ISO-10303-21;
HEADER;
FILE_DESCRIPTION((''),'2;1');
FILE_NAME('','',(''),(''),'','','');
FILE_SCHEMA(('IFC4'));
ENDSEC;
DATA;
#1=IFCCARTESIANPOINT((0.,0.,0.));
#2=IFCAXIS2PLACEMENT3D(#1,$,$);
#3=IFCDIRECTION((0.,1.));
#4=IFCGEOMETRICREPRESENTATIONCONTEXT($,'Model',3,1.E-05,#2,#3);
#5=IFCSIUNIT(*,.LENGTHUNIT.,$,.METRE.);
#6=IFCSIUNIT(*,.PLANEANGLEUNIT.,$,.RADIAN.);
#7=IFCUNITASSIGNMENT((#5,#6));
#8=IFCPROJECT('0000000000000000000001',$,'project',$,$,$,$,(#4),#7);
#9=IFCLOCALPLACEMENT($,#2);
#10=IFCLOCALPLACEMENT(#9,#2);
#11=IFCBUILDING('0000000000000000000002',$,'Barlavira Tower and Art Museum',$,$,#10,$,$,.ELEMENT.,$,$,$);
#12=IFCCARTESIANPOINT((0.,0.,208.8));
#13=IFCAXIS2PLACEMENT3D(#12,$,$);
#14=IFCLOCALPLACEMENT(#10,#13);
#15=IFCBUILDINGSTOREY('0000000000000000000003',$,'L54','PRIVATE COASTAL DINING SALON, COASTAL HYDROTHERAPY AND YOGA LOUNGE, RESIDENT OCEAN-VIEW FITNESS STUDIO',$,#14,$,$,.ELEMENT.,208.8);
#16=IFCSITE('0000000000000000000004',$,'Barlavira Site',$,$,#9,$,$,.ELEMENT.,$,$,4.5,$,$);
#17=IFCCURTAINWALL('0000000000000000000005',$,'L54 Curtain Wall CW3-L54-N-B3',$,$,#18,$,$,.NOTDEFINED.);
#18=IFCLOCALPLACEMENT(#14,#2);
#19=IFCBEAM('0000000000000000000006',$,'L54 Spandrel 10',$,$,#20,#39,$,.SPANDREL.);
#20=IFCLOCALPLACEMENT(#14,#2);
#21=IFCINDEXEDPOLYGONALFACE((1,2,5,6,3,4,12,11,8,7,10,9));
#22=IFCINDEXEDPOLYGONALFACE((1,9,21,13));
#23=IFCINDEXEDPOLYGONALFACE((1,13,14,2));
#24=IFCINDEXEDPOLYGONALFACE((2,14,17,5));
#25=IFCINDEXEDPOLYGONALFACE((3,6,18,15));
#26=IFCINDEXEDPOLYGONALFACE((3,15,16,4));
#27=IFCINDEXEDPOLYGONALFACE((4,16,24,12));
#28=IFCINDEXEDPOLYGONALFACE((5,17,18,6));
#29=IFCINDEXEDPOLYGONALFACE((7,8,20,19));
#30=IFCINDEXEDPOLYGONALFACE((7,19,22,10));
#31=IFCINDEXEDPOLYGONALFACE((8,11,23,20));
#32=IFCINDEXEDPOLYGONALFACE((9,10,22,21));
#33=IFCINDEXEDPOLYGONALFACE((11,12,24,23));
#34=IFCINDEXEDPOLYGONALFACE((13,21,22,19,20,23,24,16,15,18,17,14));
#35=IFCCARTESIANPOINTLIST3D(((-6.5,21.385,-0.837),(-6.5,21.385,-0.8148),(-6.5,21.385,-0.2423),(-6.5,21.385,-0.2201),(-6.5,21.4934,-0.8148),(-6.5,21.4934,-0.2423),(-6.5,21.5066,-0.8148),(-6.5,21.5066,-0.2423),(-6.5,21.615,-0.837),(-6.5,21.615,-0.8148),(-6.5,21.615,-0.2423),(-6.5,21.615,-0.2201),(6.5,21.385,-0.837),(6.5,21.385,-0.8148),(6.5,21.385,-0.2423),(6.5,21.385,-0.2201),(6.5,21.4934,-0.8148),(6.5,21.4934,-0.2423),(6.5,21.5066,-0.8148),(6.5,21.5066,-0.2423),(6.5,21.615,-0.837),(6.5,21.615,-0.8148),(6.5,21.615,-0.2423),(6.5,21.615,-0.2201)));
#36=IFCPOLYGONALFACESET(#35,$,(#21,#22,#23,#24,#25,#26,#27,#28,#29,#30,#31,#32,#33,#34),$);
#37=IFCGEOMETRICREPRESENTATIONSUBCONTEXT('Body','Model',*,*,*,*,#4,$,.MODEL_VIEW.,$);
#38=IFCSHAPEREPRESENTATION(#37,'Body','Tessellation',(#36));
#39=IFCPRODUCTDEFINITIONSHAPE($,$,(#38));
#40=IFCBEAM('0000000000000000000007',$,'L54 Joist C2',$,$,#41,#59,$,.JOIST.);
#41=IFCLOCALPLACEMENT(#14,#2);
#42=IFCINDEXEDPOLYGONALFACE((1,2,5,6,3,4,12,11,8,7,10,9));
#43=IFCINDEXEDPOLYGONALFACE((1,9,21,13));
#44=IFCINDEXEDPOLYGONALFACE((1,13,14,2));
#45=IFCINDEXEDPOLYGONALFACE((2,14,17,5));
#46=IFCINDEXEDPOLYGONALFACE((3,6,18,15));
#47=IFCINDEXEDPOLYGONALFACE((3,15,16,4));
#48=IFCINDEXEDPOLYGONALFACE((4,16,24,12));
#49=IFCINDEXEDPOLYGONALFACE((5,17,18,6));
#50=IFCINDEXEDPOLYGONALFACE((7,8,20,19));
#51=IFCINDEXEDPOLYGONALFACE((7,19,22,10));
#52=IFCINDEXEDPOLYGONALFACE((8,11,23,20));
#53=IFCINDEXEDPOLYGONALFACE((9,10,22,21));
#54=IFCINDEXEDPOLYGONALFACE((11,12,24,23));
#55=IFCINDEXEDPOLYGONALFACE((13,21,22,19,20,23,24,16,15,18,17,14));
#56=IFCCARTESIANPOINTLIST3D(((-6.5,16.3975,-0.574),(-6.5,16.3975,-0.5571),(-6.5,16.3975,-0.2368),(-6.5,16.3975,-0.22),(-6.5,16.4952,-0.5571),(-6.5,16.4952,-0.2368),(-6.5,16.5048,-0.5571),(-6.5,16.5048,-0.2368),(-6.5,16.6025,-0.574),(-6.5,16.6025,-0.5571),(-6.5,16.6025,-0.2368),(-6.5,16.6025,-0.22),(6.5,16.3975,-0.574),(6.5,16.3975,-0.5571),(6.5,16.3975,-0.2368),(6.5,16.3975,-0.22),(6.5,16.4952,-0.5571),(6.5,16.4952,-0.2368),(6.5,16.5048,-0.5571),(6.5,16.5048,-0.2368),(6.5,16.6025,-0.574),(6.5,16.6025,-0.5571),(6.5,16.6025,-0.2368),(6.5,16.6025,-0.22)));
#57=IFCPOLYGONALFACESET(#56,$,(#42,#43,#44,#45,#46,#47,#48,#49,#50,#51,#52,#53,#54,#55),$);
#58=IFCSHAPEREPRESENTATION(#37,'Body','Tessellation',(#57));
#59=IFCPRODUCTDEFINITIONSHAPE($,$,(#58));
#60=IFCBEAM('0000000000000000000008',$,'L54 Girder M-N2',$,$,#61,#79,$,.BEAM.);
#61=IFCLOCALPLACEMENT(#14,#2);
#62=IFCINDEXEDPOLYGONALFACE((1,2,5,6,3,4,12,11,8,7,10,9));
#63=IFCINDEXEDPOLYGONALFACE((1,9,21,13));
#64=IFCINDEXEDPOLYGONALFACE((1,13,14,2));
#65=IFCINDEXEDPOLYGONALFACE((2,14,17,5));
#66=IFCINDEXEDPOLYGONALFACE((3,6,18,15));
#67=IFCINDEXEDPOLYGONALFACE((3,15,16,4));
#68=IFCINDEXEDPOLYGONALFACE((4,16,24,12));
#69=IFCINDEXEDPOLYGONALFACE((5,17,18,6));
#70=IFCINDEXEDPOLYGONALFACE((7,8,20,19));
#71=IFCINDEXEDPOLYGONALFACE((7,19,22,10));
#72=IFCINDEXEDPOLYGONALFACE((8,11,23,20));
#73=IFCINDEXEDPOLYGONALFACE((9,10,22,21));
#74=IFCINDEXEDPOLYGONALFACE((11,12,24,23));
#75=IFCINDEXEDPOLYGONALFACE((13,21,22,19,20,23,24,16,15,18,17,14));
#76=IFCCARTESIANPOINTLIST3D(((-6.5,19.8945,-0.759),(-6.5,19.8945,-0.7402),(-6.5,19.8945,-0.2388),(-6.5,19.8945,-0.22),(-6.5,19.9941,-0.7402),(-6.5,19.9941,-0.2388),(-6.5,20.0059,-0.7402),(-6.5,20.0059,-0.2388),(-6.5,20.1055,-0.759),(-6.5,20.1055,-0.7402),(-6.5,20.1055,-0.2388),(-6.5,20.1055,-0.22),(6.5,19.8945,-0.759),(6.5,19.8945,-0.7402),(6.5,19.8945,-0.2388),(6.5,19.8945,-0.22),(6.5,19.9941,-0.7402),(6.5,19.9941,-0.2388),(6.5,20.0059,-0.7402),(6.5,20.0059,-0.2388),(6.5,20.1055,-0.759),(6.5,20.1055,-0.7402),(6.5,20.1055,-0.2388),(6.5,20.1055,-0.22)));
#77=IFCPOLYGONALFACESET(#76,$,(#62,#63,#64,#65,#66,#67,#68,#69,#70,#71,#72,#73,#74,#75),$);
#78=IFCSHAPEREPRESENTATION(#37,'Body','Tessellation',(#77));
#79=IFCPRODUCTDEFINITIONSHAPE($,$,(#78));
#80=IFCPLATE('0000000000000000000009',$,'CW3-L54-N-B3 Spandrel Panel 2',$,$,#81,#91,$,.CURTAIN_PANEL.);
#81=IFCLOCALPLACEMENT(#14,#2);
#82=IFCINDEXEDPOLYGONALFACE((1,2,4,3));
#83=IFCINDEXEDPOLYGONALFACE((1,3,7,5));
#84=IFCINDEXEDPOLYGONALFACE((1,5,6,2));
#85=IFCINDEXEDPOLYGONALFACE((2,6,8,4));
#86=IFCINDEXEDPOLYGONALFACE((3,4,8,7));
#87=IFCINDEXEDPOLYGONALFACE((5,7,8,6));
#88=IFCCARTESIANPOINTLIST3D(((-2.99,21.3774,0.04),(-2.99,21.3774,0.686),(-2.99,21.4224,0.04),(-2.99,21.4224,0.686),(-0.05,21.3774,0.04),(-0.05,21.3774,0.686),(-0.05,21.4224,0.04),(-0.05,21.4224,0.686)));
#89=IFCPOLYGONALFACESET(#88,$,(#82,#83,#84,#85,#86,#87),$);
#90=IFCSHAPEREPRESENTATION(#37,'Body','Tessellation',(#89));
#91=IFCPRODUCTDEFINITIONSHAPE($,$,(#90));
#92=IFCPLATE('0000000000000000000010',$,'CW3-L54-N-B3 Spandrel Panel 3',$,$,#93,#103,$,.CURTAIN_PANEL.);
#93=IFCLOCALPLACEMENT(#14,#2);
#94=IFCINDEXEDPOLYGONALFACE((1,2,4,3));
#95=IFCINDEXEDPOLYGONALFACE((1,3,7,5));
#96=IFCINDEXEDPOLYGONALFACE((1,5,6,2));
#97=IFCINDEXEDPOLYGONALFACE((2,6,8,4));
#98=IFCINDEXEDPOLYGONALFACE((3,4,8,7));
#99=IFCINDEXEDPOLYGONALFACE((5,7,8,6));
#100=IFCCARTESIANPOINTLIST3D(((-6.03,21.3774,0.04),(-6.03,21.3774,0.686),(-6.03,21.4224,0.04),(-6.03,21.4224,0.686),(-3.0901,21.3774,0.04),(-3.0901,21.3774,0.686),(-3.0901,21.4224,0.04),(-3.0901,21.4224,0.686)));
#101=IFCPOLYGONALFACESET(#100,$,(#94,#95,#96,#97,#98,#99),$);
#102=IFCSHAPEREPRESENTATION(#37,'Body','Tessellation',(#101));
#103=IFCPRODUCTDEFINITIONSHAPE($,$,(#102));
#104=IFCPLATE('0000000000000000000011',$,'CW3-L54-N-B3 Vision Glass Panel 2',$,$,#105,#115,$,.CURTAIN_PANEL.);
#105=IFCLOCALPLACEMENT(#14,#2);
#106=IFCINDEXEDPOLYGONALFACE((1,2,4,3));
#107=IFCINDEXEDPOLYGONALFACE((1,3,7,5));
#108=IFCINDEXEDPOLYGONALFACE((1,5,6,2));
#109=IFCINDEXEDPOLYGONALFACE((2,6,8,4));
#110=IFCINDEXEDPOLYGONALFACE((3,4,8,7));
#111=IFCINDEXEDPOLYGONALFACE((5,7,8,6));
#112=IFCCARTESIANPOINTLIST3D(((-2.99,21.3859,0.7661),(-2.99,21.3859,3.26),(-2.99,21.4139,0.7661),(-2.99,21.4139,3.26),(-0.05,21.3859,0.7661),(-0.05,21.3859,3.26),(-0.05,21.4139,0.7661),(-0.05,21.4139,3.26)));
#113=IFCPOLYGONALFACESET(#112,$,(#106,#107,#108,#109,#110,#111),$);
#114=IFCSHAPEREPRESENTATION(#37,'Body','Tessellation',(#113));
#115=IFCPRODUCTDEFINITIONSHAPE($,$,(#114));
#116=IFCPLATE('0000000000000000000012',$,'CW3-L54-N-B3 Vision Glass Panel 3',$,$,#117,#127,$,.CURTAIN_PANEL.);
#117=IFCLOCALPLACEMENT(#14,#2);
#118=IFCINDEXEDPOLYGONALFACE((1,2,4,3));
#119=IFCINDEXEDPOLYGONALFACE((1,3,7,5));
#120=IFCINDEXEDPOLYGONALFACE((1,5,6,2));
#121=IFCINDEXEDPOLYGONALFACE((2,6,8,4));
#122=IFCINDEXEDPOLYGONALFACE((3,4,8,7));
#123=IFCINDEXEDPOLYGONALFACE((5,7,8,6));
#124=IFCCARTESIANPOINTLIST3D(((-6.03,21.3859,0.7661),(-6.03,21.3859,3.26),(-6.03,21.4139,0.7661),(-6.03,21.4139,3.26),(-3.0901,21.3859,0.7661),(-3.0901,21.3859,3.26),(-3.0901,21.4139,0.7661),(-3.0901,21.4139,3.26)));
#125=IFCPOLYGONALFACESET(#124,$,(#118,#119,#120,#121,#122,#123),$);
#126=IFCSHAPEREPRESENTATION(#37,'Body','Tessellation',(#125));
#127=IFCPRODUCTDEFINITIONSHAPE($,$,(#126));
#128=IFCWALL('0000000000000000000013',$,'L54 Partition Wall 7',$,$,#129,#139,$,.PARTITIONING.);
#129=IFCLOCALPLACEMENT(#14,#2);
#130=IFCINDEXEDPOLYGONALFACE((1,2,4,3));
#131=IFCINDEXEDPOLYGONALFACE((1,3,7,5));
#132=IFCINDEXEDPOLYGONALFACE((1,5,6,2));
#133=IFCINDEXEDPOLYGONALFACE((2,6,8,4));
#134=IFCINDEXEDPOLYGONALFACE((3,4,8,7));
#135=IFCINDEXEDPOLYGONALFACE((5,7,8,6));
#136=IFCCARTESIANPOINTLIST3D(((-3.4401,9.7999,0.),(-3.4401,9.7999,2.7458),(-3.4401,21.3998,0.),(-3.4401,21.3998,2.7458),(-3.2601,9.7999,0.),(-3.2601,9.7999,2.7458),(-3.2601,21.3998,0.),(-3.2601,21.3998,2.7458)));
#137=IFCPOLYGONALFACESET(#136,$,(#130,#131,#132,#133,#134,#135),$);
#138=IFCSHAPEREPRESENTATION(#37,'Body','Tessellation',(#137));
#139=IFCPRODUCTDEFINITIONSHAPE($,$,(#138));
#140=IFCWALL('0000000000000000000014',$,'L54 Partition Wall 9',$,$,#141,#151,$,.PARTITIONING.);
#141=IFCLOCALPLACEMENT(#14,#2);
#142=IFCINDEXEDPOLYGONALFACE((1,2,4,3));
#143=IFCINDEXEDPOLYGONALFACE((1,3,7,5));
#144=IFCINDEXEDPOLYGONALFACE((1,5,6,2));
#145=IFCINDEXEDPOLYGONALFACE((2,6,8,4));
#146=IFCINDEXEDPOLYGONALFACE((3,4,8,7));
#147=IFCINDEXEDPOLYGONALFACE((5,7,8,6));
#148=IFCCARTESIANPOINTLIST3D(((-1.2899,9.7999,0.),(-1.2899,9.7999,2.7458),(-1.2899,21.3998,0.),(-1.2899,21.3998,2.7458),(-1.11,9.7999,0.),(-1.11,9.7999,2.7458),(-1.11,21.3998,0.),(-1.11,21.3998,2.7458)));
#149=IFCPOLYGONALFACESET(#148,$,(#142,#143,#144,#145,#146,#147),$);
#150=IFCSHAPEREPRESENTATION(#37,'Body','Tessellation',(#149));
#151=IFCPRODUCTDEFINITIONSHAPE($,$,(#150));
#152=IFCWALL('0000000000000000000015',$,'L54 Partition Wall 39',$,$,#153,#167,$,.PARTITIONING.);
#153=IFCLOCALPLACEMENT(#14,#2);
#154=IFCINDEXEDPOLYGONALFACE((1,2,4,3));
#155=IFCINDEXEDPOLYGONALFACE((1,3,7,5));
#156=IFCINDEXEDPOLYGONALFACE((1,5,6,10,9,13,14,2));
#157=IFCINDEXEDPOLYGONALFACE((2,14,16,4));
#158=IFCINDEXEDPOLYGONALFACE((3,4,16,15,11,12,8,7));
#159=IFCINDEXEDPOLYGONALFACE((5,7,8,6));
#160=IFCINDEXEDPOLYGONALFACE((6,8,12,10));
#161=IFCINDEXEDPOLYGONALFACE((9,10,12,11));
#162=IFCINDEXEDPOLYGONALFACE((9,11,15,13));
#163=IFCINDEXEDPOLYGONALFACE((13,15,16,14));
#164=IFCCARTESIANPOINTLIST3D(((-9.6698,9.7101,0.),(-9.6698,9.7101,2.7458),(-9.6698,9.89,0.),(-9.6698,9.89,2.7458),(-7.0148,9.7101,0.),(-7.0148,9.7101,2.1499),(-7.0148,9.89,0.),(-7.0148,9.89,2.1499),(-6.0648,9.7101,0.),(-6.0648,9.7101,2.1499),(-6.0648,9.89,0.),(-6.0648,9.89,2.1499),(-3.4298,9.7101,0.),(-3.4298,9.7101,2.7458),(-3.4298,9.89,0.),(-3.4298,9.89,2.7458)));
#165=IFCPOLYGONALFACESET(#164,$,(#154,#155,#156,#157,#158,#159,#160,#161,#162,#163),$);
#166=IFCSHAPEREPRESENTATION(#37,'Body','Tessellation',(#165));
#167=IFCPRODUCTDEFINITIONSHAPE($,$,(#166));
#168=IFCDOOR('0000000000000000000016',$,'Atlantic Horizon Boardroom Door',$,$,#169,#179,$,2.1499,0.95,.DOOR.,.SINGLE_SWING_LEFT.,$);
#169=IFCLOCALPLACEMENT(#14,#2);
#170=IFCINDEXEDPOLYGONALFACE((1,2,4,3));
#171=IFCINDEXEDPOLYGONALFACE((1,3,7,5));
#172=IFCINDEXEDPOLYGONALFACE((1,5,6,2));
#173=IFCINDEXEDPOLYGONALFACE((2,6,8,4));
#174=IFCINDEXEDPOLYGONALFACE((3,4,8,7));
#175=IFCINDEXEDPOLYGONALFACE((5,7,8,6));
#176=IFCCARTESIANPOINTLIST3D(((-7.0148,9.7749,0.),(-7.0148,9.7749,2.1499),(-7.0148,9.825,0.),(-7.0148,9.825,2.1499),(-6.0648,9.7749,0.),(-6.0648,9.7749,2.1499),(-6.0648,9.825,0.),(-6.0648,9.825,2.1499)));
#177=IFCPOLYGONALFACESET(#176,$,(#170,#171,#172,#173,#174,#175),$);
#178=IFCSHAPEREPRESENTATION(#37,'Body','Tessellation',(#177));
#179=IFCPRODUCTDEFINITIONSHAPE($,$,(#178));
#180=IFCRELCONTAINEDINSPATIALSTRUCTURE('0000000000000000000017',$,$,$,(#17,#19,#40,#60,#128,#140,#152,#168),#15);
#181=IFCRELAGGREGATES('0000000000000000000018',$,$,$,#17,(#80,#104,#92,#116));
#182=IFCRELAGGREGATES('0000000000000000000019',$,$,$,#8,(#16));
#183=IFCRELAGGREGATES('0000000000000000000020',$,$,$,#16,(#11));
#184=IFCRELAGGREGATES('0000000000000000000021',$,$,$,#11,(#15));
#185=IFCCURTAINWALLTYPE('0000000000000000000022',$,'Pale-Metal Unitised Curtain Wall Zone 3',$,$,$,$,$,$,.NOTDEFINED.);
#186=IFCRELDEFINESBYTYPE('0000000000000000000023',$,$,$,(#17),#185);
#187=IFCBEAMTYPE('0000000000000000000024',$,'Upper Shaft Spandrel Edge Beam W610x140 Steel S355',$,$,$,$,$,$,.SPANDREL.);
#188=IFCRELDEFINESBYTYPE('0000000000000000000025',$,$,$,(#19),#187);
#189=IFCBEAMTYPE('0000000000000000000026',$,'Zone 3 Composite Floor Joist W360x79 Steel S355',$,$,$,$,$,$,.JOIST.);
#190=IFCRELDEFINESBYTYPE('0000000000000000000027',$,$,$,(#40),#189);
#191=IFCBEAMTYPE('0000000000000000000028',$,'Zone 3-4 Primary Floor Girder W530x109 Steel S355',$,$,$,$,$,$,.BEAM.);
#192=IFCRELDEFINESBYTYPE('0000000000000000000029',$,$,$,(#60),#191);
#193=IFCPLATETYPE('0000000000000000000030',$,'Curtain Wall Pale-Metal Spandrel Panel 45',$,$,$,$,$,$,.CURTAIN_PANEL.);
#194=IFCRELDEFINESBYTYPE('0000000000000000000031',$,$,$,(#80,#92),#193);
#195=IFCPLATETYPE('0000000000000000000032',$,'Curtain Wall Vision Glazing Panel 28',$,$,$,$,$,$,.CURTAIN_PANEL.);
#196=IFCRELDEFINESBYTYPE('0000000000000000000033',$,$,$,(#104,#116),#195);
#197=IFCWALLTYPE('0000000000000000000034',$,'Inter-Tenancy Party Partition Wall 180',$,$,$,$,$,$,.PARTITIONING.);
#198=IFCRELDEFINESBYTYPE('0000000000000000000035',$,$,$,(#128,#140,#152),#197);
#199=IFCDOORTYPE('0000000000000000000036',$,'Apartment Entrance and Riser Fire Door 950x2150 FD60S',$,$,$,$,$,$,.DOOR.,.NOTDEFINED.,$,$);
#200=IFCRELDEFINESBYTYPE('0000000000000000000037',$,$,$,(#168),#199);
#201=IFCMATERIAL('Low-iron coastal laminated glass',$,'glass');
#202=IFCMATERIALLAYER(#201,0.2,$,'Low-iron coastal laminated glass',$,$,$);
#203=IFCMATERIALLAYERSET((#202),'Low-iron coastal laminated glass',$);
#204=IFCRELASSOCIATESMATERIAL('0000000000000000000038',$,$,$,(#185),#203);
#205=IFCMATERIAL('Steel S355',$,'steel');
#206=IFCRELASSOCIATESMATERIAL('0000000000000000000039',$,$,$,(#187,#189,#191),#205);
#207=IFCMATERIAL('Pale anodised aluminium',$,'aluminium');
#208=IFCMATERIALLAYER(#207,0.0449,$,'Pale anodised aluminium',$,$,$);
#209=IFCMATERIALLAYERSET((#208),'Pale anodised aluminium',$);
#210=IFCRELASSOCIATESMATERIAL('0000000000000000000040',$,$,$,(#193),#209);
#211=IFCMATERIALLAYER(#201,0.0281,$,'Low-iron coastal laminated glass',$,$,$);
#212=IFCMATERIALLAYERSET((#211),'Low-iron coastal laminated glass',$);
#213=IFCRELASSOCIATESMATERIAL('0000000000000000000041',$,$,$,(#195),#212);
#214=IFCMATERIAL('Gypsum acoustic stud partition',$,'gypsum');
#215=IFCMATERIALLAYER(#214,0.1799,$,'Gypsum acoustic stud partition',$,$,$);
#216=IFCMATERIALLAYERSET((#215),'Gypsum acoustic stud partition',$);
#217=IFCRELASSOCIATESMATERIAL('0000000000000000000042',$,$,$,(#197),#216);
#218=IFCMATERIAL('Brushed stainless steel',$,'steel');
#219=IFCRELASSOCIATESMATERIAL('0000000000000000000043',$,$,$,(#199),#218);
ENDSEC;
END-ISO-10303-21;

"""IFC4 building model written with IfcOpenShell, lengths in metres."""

from ifc_helpers import new_model, si_unit, direction, frame, frame_2d, origin, origin_2d, place, context, subcontext, project, spatial, rectangle, i_section, extrude, material, layer, layer_set, material_profile, profile_set, type_object, element, fill, aggregate, save


model = new_model("IFC4")

# Units and contexts
model_context = context("Model", 3, precision=1e-05, world=origin(), true_north=direction((0.0, 1.0)))
body_context = subcontext(model_context, "Body", "Model", "MODEL_VIEW")
ifc_project = project(units=[si_unit("LENGTHUNIT", "METRE"), si_unit("PLANEANGLEUNIT", "RADIAN")], contexts=[model_context])

# Site, building, storey
site_placement = place(None, origin())
site = spatial("IfcSite", under=ifc_project, at=site_placement, Name="Barlavira Site", CompositionType="ELEMENT", RefElevation=4.5)
building_placement = place(site_placement, origin())
building = spatial("IfcBuilding", under=site, at=building_placement, Name="Barlavira Tower and Art Museum", CompositionType="ELEMENT")
storey_placement = place(building_placement, frame((0.0, 0.0, 208.8)))
storey = spatial("IfcBuildingStorey", under=building, at=storey_placement, Name="L54", Description="PRIVATE COASTAL DINING SALON, COASTAL HYDROTHERAPY AND YOGA LOUNGE, RESIDENT OCEAN-VIEW FITNESS STUDIO", CompositionType="ELEMENT", Elevation=208.8)

# Curtain wall
ifc_material_1 = material(Name="Low-iron coastal laminated glass", Category="glass")
ifc_layer_1 = layer(ifc_material_1, 0.2, Name="Low-iron coastal laminated glass")
ifc_layer_set_1 = layer_set([ifc_layer_1], Name="Low-iron coastal laminated glass")
curtain_wall_type = type_object("IfcCurtainWallType", Name="Pale-Metal Unitised Curtain Wall Zone 3", PredefinedType="NOTDEFINED", material=ifc_layer_set_1)
curtain_wall_placement = place(storey_placement, origin())
curtain_wall = element("IfcCurtainWall", 1, at=curtain_wall_placement, inside=storey, type_object=curtain_wall_type, Name="L54 Curtain Wall CW3-L54-N-B3", PredefinedType="NOTDEFINED")
ifc_material_2 = material(Name="Pale anodised aluminium", Category="aluminium")

# Beams
ifc_material_3 = material(Name="Steel S355", Category="steel")
ifc_material_profile_1 = material_profile(ifc_material_3, i_section(OverallWidth=0.23, OverallDepth=0.6169, WebThickness=0.0132, FlangeThickness=0.0222, at=origin_2d()), Name="W610x140.0")
ifc_profile_set_1 = profile_set([ifc_material_profile_1], Name="Steel S355")
beam_type_1 = type_object("IfcBeamType", Name="Upper Shaft Spandrel Edge Beam W610x140 Steel S355", PredefinedType="SPANDREL", material=ifc_profile_set_1)
beam_1_placement = place(storey_placement, frame((-6.5, 21.5, -0.5286), z_axis=(1.0, 0.0, 0.0), x_axis=(0.0, 1.0, 0.0)))
element("IfcBeam", 2, at=beam_1_placement, inside=storey, type_object=beam_type_1, Name="L54 Spandrel 10", PredefinedType="SPANDREL", context=body_context, shape_type="SweptSolid", body=[
    extrude(i_section(OverallWidth=0.23, OverallDepth=0.6169, WebThickness=0.0132, FlangeThickness=0.0222, at=origin_2d()), origin(), (0.0, 0.0, 1.0), 13.0),
])
ifc_material_profile_2 = material_profile(ifc_material_3, i_section(OverallWidth=0.2051, OverallDepth=0.354, WebThickness=0.0095, FlangeThickness=0.0168, at=origin_2d()), Name="W360x79.0")
ifc_profile_set_2 = profile_set([ifc_material_profile_2], Name="Steel S355")
beam_type_2 = type_object("IfcBeamType", Name="Zone 3 Composite Floor Joist W360x79 Steel S355", PredefinedType="JOIST", material=ifc_profile_set_2)
beam_2_placement = place(storey_placement, frame((-6.5, 16.5, -0.397), z_axis=(1.0, 0.0, 0.0), x_axis=(0.0, 1.0, 0.0)))
element("IfcBeam", 3, at=beam_2_placement, inside=storey, type_object=beam_type_2, Name="L54 Joist C2", PredefinedType="JOIST", context=body_context, shape_type="SweptSolid", body=[
    extrude(i_section(OverallWidth=0.2051, OverallDepth=0.354, WebThickness=0.0095, FlangeThickness=0.0168, at=origin_2d()), origin(), (0.0, 0.0, 1.0), 13.0),
])
ifc_material_profile_3 = material_profile(ifc_material_3, i_section(OverallWidth=0.2109, OverallDepth=0.5391, WebThickness=0.0117, FlangeThickness=0.0188, at=origin_2d()), Name="W530x109.0")
ifc_profile_set_3 = profile_set([ifc_material_profile_3], Name="Steel S355")
beam_type_3 = type_object("IfcBeamType", Name="Zone 3-4 Primary Floor Girder W530x109 Steel S355", PredefinedType="BEAM", material=ifc_profile_set_3)
beam_3_placement = place(storey_placement, frame((-6.5, 20.0, -0.4895), z_axis=(1.0, 0.0, 0.0), x_axis=(0.0, 1.0, 0.0)))
element("IfcBeam", 4, at=beam_3_placement, inside=storey, type_object=beam_type_3, Name="L54 Girder M-N2", PredefinedType="BEAM", context=body_context, shape_type="SweptSolid", body=[
    extrude(i_section(OverallWidth=0.2109, OverallDepth=0.5391, WebThickness=0.0117, FlangeThickness=0.0188, at=origin_2d()), origin(), (0.0, 0.0, 1.0), 13.0),
])

# Plates
ifc_layer_2 = layer(ifc_material_2, 0.0449, Name="Pale anodised aluminium")
ifc_layer_set_2 = layer_set([ifc_layer_2], Name="Pale anodised aluminium")
plate_type_1 = type_object("IfcPlateType", Name="Curtain Wall Pale-Metal Spandrel Panel 45", PredefinedType="CURTAIN_PANEL", material=ifc_layer_set_2)
plate_1_placement = place(storey_placement, frame((-1.52, 21.3999, 0.04), z_axis=(0.0, 0.0, 1.0), x_axis=(-1.0, 0.0, 0.0)))
plate_1 = element("IfcPlate", 5, at=plate_1_placement, type_object=plate_type_1, Name="CW3-L54-N-B3 Spandrel Panel 2", PredefinedType="CURTAIN_PANEL", context=body_context, shape_type="SweptSolid", body=[
    extrude(rectangle(XDim=2.9399, YDim=0.0449, at=origin_2d()), origin(), (0.0, 0.0, 1.0), 0.646),
])
plate_2_placement = place(storey_placement, frame((-4.5601, 21.3999, 0.04), z_axis=(0.0, 0.0, 1.0), x_axis=(-1.0, 0.0, 0.0)))
plate_2 = element("IfcPlate", 6, at=plate_2_placement, type_object=plate_type_1, Name="CW3-L54-N-B3 Spandrel Panel 3", PredefinedType="CURTAIN_PANEL", context=body_context, shape_type="SweptSolid", body=[
    extrude(rectangle(XDim=2.9399, YDim=0.0449, at=origin_2d()), origin(), (0.0, 0.0, 1.0), 0.646),
])
ifc_layer_3 = layer(ifc_material_1, 0.0281, Name="Low-iron coastal laminated glass")
ifc_layer_set_3 = layer_set([ifc_layer_3], Name="Low-iron coastal laminated glass")
plate_type_2 = type_object("IfcPlateType", Name="Curtain Wall Vision Glazing Panel 28", PredefinedType="CURTAIN_PANEL", material=ifc_layer_set_3)
plate_3_placement = place(storey_placement, frame((-1.52, 21.3999, 0.7661), z_axis=(0.0, 0.0, 1.0), x_axis=(-1.0, 0.0, 0.0)))
plate_3 = element("IfcPlate", 7, at=plate_3_placement, type_object=plate_type_2, Name="CW3-L54-N-B3 Vision Glass Panel 2", PredefinedType="CURTAIN_PANEL", context=body_context, shape_type="SweptSolid", body=[
    extrude(rectangle(XDim=2.9399, YDim=0.0281, at=origin_2d()), origin(), (0.0, 0.0, 1.0), 2.4939),
])
plate_4_placement = place(storey_placement, frame((-4.5601, 21.3999, 0.7661), z_axis=(0.0, 0.0, 1.0), x_axis=(-1.0, 0.0, 0.0)))
plate_4 = element("IfcPlate", 8, at=plate_4_placement, type_object=plate_type_2, Name="CW3-L54-N-B3 Vision Glass Panel 3", PredefinedType="CURTAIN_PANEL", context=body_context, shape_type="SweptSolid", body=[
    extrude(rectangle(XDim=2.9399, YDim=0.0281, at=origin_2d()), origin(), (0.0, 0.0, 1.0), 2.4939),
])
aggregate(curtain_wall, [plate_1, plate_3, plate_2, plate_4])

# Walls
ifc_material_4 = material(Name="Gypsum acoustic stud partition", Category="gypsum")
ifc_layer_4 = layer(ifc_material_4, 0.1799, Name="Gypsum acoustic stud partition")
ifc_layer_set_4 = layer_set([ifc_layer_4], Name="Gypsum acoustic stud partition")
wall_type_1 = type_object("IfcWallType", Name="Inter-Tenancy Party Partition Wall 180", PredefinedType="PARTITIONING", material=ifc_layer_set_4)
for number, where, z_axis, x_axis, name in (
    (9, (-3.3501, 9.8, 0.0), (0.0, 0.0, 1.0), (0.0, 1.0, 0.0), "L54 Partition Wall 7"),
    (10, (-1.2, 9.8, 0.0), (0.0, 0.0, 1.0), (0.0, 1.0, 0.0), "L54 Partition Wall 9"),
):
    element("IfcWall", number, at=place(storey_placement, frame(where, z_axis=z_axis, x_axis=x_axis)), inside=storey, type_object=wall_type_1, Name=name, PredefinedType="PARTITIONING", context=body_context, shape_type="SweptSolid", body=[
        extrude(rectangle(XDim=11.5999, YDim=0.1799, at=frame_2d((5.7998, 0.0))), origin(), (0.0, 0.0, 1.0), 2.7458),
    ])

# Wall, opening, door
wall_1_placement = place(storey_placement, frame((-9.6699, 9.8, 0.0), z_axis=(0.0, 0.0, 1.0), x_axis=(1.0, 0.0, 0.0)))
wall_1 = element("IfcWall", 11, at=wall_1_placement, inside=storey, type_object=wall_type_1, Name="L54 Partition Wall 39", PredefinedType="PARTITIONING", context=body_context, shape_type="SweptSolid", body=[
    extrude(rectangle(XDim=6.24, YDim=0.1799, at=frame_2d((3.1201, 0.0))), origin(), (0.0, 0.0, 1.0), 2.7458),
])
opening_1_placement = place(wall_1_placement, frame((2.655, 0.0, 0.0)))
opening_1 = element("IfcOpeningElement", 12, at=opening_1_placement, cuts=wall_1, PredefinedType="OPENING", context=body_context, shape_type="SweptSolid", body=[
    extrude(rectangle(XDim=0.95, YDim=2.1499, at=frame_2d((0.4751, 1.075))), frame((0.0, 0.1001, 0.0), z_axis=(0.0, -1.0, 0.0), x_axis=(1.0, 0.0, 0.0)), (0.0, 0.0, 1.0), 0.2),
])
ifc_material_5 = material(Name="Brushed stainless steel", Category="steel")
door_type = type_object("IfcDoorType", Name="Apartment Entrance and Riser Fire Door 950x2150 FD60S", OperationType="NOTDEFINED", PredefinedType="DOOR", material=ifc_material_5)
door_1_placement = place(opening_1_placement, origin())
door_1 = element("IfcDoor", 13, at=door_1_placement, inside=storey, type_object=door_type, Name="Atlantic Horizon Boardroom Door", OperationType="SINGLE_SWING_LEFT", OverallHeight=2.1499, OverallWidth=0.95, PredefinedType="DOOR", context=body_context, shape_type="SweptSolid", body=[
    extrude(rectangle(XDim=0.95, YDim=2.1499, at=frame_2d((0.4751, 1.075))), frame((0.0, 0.0249, 0.0), z_axis=(0.0, -1.0, 0.0), x_axis=(1.0, 0.0, 0.0)), (0.0, 0.0, 1.0), 0.05),
])
fill(opening_1, door_1)

save(model, "model.ifc")
